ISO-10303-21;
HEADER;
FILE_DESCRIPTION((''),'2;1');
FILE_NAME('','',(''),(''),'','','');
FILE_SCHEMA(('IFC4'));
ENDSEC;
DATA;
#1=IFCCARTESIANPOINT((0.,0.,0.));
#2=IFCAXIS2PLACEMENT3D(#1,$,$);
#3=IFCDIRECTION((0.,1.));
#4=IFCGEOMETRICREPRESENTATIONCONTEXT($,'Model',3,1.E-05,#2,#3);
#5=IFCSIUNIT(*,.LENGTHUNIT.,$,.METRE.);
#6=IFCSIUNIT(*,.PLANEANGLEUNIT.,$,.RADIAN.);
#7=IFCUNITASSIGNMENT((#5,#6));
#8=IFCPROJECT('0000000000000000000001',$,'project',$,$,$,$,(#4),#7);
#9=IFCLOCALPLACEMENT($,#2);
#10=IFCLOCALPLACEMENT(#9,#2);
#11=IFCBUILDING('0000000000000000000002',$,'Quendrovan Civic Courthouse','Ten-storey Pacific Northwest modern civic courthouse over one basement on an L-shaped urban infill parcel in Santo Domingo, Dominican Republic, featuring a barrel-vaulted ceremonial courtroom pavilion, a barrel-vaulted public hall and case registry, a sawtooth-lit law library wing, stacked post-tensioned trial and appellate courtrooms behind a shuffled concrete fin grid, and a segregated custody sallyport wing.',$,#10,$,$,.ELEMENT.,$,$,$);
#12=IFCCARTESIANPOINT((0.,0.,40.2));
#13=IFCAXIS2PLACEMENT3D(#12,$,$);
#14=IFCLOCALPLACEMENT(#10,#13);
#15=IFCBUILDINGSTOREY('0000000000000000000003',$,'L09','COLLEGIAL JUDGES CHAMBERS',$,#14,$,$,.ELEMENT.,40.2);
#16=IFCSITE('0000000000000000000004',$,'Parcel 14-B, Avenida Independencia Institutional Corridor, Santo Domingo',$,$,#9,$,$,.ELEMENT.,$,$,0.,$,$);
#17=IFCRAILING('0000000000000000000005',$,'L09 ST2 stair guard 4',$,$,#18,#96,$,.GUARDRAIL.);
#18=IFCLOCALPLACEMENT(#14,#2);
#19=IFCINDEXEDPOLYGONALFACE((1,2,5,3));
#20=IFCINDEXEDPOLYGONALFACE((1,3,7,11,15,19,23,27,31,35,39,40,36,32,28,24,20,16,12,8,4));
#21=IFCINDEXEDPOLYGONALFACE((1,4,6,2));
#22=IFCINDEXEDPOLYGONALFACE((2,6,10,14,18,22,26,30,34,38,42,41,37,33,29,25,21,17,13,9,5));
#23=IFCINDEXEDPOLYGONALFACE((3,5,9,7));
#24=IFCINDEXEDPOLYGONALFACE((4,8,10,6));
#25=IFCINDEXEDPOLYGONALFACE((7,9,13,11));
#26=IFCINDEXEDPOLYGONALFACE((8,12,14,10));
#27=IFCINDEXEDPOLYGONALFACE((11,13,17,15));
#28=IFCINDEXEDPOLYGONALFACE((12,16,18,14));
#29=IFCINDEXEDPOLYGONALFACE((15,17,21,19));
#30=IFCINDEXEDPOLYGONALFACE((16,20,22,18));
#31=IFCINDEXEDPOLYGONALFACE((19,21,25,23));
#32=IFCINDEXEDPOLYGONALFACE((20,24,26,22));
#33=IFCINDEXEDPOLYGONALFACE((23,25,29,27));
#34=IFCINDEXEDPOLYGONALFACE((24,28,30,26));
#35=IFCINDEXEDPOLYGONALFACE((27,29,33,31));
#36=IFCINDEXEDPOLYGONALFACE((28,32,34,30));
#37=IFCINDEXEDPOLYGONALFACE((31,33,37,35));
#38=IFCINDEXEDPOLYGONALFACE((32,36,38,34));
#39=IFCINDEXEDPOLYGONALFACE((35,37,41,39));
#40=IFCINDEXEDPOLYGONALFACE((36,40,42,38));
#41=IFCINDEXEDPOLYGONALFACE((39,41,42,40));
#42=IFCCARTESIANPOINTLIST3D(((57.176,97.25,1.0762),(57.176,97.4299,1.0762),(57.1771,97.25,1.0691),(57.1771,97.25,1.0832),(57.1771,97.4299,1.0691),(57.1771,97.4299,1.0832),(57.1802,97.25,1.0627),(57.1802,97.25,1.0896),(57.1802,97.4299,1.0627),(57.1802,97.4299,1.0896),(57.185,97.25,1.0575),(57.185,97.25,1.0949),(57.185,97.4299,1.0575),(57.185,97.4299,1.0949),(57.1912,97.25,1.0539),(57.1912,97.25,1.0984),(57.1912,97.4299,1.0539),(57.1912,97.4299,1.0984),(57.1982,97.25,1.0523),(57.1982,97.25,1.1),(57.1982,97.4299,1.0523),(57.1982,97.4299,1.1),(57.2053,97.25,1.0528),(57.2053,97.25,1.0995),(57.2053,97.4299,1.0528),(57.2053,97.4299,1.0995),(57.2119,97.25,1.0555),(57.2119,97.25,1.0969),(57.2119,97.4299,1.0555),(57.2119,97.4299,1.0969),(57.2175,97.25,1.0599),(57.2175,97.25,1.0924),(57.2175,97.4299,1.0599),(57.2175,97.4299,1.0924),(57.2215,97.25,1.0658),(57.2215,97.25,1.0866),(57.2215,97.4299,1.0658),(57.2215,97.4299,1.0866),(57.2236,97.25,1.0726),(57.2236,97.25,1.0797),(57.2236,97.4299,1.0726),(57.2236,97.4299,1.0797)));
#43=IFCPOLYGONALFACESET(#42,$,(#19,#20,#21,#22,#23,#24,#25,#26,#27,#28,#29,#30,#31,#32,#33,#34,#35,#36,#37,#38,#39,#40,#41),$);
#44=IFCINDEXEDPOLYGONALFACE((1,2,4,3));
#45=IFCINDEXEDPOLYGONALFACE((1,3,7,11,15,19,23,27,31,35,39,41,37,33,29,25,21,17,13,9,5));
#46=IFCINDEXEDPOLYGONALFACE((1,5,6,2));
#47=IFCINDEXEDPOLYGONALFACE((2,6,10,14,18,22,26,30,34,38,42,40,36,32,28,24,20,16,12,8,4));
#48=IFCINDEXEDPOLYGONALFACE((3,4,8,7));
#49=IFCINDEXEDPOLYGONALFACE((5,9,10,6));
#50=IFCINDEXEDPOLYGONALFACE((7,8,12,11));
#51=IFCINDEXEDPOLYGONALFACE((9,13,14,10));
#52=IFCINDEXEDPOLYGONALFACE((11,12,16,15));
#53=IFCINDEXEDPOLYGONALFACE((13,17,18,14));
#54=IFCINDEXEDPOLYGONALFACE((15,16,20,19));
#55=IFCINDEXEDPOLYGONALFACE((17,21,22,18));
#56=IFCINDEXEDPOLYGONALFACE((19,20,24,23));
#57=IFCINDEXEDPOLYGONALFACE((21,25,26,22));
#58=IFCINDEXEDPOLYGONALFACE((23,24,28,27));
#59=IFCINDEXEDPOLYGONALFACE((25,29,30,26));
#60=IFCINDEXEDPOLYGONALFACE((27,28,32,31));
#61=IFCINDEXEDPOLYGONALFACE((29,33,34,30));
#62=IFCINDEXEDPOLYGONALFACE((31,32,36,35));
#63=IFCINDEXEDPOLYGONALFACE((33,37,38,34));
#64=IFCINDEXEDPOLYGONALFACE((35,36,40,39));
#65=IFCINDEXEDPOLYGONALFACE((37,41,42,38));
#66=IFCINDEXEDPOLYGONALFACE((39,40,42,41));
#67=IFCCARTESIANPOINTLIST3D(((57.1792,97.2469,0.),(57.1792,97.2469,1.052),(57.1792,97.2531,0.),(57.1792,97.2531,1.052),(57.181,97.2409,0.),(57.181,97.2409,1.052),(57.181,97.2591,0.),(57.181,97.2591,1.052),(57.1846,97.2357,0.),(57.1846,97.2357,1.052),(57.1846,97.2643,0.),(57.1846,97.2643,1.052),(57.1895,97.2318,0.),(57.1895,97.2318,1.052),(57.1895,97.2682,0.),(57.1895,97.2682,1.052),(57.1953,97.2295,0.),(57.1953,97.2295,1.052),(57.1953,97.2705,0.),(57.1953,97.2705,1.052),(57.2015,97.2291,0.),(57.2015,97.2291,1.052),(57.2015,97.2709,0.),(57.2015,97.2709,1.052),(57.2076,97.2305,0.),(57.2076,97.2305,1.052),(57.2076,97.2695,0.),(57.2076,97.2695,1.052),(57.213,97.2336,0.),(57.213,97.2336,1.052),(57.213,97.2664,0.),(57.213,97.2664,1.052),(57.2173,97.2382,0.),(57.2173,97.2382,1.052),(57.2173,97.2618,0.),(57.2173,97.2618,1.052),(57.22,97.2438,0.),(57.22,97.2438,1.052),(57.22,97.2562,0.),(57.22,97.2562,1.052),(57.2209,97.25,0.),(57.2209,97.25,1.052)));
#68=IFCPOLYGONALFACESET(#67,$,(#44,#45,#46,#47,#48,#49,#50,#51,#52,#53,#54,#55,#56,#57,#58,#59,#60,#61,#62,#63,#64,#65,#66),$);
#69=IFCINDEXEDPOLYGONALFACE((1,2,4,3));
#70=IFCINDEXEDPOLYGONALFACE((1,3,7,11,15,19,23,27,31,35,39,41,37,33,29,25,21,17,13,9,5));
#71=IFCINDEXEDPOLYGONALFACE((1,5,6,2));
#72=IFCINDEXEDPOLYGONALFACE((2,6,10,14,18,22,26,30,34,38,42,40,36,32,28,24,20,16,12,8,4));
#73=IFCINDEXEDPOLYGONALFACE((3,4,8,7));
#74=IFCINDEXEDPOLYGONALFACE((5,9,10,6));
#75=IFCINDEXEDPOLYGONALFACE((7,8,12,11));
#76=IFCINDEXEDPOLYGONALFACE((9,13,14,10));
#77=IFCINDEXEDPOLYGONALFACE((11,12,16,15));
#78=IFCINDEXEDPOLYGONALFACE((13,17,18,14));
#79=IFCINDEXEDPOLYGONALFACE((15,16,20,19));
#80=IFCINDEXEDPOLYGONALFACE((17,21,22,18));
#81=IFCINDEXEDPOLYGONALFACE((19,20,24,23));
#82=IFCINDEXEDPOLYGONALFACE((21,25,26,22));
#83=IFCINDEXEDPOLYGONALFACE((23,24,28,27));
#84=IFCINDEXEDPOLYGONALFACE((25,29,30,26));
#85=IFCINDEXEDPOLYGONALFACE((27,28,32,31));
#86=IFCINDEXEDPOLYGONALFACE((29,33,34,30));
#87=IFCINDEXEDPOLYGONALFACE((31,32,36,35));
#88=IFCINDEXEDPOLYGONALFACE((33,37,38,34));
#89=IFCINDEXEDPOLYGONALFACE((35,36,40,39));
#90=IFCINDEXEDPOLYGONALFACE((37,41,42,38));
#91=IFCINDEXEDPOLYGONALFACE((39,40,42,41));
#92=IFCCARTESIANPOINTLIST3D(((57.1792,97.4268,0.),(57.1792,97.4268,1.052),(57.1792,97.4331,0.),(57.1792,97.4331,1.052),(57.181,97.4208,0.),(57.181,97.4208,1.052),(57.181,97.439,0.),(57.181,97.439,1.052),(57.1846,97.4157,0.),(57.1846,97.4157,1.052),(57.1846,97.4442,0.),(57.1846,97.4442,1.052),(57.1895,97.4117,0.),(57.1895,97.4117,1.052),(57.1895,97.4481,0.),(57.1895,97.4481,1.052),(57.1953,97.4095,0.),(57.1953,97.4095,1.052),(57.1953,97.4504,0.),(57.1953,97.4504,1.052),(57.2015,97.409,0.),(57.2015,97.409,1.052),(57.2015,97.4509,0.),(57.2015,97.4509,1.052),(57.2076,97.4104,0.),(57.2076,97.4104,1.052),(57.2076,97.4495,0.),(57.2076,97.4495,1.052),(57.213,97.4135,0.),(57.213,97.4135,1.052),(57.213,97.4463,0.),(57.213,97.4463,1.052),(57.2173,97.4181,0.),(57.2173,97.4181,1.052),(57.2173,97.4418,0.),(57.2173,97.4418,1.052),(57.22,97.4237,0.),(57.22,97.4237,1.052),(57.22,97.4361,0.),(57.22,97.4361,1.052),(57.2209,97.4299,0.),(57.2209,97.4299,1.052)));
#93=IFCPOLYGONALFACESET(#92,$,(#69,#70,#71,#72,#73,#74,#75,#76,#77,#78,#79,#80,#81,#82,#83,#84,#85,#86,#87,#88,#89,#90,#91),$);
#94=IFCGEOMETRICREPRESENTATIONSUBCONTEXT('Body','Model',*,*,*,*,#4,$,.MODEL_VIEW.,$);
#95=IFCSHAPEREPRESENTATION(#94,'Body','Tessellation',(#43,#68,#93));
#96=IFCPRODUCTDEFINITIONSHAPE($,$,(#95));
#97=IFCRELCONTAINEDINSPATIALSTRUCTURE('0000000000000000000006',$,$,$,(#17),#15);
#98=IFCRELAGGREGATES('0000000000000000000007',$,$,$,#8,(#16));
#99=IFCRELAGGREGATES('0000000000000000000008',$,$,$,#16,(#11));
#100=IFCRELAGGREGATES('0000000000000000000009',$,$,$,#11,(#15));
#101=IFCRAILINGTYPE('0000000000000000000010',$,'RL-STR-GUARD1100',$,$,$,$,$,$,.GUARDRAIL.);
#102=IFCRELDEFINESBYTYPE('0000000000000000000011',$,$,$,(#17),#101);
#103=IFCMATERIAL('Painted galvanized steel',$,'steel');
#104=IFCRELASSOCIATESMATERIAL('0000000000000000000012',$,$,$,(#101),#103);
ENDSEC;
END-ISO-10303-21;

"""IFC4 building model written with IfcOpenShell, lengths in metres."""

from ifc_helpers import new_model, si_unit, direction, frame, origin, origin_2d, place, context, subcontext, project, spatial, circle, extrude, material, type_object, element, save


model = new_model("IFC4")

# Units and contexts
model_context = context("Model", 3, precision=1e-05, world=origin(), true_north=direction((0.0, 1.0)))
body_context = subcontext(model_context, "Body", "Model", "MODEL_VIEW")
ifc_project = project(units=[si_unit("LENGTHUNIT", "METRE"), si_unit("PLANEANGLEUNIT", "RADIAN")], contexts=[model_context])

# Site, building, storey
site_placement = place(None, origin())
site = spatial("IfcSite", under=ifc_project, at=site_placement, Name="Parcel 14-B, Avenida Independencia Institutional Corridor, Santo Domingo", CompositionType="ELEMENT", RefElevation=0.0)
building_placement = place(site_placement, origin())
building = spatial("IfcBuilding", under=site, at=building_placement, Name="Quendrovan Civic Courthouse", Description="Ten-storey Pacific Northwest modern civic courthouse over one basement on an L-shaped urban infill parcel in Santo Domingo, Dominican Republic, featuring a barrel-vaulted ceremonial courtroom pavilion, a barrel-vaulted public hall and case registry, a sawtooth-lit law library wing, stacked post-tensioned trial and appellate courtrooms behind a shuffled concrete fin grid, and a segregated custody sallyport wing.", CompositionType="ELEMENT")
storey_placement = place(building_placement, frame((0.0, 0.0, 40.2)))
storey = spatial("IfcBuildingStorey", under=building, at=storey_placement, Name="L09", Description="COLLEGIAL JUDGES CHAMBERS", CompositionType="ELEMENT", Elevation=40.2)

# Railing
ifc_material_1 = material(Name="Painted galvanized steel", Category="steel")
railing_type_1 = type_object("IfcRailingType", Name="RL-STR-GUARD1100", PredefinedType="GUARDRAIL", material=ifc_material_1)
railing_1_placement = place(storey_placement, frame((57.2, 97.25, 0.0)))
element("IfcRailing", 1, at=railing_1_placement, inside=storey, type_object=railing_type_1, Name="L09 ST2 stair guard 4", PredefinedType="GUARDRAIL", context=body_context, shape_type="SweptSolid", body=[
    extrude(circle(Radius=0.0239, at=origin_2d()), frame((0.0, 0.0, 1.0762), z_axis=(0.0, 1.0, 0.0), x_axis=(-1.0, 0.0, 0.0)), (0.0, 0.0, 1.0), 0.1799),
    extrude(circle(Radius=0.021, at=origin_2d()), origin(), (0.0, 0.0, 1.0), 1.052),
    extrude(circle(Radius=0.021, at=origin_2d()), frame((0.0, 0.1799, 0.0)), (0.0, 0.0, 1.0), 1.052),
])

save(model, "model.ifc")
